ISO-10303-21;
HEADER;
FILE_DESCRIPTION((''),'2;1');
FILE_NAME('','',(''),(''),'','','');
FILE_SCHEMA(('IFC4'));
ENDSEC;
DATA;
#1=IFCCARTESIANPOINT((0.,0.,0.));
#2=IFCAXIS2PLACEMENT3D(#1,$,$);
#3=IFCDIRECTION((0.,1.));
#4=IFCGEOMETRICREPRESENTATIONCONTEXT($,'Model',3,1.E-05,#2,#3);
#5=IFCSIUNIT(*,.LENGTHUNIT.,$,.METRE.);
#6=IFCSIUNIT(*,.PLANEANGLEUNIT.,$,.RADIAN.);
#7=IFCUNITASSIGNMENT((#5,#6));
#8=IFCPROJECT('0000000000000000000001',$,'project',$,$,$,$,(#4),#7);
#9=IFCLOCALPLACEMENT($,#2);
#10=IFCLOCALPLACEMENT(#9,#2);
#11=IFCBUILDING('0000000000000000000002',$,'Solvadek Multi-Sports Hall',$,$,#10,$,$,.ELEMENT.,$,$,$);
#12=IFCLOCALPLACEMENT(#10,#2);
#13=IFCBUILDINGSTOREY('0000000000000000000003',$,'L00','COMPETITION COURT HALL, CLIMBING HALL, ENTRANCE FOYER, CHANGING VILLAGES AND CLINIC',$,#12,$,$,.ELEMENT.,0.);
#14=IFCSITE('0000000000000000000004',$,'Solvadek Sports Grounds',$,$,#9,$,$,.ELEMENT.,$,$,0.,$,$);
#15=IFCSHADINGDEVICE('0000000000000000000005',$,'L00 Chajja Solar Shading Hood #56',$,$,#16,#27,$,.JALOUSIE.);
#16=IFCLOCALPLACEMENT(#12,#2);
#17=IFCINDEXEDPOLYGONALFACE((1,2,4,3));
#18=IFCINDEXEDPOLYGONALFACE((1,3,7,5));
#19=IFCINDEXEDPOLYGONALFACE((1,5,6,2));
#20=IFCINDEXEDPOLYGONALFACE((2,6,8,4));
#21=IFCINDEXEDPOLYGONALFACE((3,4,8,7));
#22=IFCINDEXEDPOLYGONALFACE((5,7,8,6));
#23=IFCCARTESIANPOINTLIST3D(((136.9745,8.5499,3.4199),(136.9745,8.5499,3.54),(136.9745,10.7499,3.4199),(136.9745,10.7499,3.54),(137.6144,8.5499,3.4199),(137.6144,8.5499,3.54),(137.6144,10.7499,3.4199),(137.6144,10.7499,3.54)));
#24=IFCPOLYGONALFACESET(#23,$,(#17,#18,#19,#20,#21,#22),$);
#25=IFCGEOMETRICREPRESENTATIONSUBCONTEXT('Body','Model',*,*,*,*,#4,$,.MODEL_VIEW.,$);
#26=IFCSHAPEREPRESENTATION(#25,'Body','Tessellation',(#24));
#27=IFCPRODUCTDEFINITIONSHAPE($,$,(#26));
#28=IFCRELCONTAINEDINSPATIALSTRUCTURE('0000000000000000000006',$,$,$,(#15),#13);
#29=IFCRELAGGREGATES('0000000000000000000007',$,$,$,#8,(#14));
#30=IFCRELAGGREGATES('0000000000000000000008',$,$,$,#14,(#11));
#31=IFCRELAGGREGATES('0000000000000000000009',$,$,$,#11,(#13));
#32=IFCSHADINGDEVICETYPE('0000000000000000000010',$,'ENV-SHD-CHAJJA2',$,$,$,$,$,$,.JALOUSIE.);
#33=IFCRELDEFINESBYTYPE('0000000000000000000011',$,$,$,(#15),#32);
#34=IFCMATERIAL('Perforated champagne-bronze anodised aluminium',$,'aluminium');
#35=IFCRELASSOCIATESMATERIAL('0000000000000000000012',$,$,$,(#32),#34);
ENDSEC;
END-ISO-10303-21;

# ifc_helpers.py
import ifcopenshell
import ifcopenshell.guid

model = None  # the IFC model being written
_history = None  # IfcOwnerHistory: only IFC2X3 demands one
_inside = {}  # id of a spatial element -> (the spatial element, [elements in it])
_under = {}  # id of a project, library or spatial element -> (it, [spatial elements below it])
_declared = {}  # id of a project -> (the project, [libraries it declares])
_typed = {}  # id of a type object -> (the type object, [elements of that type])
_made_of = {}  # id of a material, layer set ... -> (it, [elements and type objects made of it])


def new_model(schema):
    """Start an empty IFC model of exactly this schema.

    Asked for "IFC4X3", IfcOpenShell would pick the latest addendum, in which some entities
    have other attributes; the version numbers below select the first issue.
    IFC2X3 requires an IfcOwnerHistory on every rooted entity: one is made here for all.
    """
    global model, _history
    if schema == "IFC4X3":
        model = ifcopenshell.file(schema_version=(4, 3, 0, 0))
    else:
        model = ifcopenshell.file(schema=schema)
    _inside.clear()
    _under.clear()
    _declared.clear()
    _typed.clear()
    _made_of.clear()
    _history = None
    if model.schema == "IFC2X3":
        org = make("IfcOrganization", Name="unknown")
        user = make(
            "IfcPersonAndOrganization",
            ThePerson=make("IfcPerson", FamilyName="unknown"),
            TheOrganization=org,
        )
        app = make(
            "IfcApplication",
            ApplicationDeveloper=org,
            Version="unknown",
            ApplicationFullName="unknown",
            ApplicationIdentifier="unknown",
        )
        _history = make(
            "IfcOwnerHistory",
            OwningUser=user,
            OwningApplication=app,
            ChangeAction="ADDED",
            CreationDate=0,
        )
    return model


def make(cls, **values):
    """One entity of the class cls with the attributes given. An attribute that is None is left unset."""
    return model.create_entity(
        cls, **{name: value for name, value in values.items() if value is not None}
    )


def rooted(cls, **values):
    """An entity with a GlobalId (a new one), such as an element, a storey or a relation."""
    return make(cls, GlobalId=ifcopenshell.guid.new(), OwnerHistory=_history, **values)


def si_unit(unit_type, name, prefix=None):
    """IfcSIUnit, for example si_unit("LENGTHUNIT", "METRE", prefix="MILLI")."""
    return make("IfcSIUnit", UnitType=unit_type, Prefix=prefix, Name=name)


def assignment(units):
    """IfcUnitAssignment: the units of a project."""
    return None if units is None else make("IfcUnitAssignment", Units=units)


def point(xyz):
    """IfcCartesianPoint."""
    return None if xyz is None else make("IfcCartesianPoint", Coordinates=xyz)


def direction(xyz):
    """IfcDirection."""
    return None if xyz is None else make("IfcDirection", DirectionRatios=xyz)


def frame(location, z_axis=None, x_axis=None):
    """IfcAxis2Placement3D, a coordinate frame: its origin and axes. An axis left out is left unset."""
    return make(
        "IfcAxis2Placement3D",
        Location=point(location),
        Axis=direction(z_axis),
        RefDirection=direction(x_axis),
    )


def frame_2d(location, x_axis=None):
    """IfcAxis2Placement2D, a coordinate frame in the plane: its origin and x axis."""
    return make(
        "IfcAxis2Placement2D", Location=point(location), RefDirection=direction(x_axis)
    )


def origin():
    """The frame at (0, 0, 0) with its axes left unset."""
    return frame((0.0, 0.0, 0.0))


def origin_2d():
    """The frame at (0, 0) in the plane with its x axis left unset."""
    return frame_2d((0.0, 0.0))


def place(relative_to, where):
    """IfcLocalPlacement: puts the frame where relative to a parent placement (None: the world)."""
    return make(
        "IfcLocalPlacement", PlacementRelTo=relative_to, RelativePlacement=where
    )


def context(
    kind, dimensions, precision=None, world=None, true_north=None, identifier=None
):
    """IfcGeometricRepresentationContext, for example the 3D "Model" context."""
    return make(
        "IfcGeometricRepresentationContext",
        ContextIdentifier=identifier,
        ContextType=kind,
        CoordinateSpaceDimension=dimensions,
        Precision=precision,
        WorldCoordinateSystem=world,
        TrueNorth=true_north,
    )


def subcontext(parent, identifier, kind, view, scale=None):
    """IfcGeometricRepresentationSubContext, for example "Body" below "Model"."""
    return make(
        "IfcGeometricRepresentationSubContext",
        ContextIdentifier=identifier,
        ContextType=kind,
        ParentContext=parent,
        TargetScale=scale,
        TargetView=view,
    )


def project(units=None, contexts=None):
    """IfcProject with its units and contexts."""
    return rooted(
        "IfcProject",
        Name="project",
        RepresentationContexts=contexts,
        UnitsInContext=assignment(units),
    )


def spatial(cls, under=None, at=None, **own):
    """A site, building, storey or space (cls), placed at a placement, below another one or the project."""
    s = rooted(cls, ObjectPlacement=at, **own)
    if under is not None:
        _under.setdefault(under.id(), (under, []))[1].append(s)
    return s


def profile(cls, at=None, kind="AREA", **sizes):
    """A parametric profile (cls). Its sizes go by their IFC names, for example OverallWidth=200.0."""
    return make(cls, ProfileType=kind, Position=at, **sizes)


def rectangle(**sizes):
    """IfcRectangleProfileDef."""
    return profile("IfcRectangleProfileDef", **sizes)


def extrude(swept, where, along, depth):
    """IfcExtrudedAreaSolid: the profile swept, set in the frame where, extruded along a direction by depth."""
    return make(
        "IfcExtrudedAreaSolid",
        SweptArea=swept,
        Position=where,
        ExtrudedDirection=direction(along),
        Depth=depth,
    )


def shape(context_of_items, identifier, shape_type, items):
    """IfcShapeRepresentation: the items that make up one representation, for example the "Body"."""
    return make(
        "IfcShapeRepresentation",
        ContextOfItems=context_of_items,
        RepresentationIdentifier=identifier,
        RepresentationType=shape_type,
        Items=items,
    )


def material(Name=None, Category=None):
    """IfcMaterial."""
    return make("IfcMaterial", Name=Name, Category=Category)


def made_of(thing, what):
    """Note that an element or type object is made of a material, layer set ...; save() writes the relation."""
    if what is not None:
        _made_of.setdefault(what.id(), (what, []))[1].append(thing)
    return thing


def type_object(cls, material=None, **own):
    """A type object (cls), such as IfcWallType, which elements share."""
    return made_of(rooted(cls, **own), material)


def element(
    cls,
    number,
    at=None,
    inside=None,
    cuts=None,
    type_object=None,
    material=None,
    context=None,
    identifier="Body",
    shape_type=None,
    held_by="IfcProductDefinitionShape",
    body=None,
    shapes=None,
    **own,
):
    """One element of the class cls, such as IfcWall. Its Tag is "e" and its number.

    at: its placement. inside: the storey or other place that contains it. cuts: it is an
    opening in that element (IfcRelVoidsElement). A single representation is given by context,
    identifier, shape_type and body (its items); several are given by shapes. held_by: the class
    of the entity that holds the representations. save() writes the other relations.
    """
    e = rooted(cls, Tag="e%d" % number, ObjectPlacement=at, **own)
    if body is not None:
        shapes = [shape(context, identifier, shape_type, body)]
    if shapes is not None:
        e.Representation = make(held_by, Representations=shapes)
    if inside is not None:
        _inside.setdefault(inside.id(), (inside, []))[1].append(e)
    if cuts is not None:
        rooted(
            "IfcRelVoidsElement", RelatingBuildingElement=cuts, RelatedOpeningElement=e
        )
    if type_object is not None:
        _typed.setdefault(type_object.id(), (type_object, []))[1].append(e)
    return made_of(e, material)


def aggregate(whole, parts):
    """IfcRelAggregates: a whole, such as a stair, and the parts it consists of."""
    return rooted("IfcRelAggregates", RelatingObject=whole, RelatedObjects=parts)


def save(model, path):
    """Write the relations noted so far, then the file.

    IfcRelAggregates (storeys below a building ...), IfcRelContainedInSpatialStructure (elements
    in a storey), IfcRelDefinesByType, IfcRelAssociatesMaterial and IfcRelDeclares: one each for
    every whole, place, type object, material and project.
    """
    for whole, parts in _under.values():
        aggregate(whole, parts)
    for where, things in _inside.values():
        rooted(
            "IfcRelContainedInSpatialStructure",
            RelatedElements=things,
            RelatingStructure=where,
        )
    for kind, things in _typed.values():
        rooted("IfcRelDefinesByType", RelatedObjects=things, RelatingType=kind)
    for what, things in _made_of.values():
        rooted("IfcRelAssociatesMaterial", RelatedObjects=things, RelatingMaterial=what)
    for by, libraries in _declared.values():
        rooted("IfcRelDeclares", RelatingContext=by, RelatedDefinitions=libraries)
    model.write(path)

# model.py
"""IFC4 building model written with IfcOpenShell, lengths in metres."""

from ifc_helpers import new_model, si_unit, direction, frame, origin, origin_2d, place, context, subcontext, project, spatial, rectangle, extrude, material, type_object, element, save


model = new_model("IFC4")

# Units and contexts
model_context = context("Model", 3, precision=1e-05, world=origin(), true_north=direction((0.0, 1.0)))
body_context = subcontext(model_context, "Body", "Model", "MODEL_VIEW")
ifc_project = project(units=[si_unit("LENGTHUNIT", "METRE"), si_unit("PLANEANGLEUNIT", "RADIAN")], contexts=[model_context])

# Site, building, storey
site_placement = place(None, origin())
site = spatial("IfcSite", under=ifc_project, at=site_placement, Name="Solvadek Sports Grounds", CompositionType="ELEMENT", RefElevation=0.0)
building_placement = place(site_placement, origin())
building = spatial("IfcBuilding", under=site, at=building_placement, Name="Solvadek Multi-Sports Hall", CompositionType="ELEMENT")
storey_placement = place(building_placement, origin())
storey = spatial("IfcBuildingStorey", under=building, at=storey_placement, Name="L00", Description="COMPETITION COURT HALL, CLIMBING HALL, ENTRANCE FOYER, CHANGING VILLAGES AND CLINIC", CompositionType="ELEMENT", Elevation=0.0)

# Shading device
ifc_material_1 = material(Name="Perforated champagne-bronze anodised aluminium", Category="aluminium")
shading_device_type_1 = type_object("IfcShadingDeviceType", Name="ENV-SHD-CHAJJA2", PredefinedType="JALOUSIE", material=ifc_material_1)
shading_device_1_placement = place(storey_placement, frame((137.2944, 9.6499, 3.4199), z_axis=(0.0, 0.0, 1.0), x_axis=(0.0, 1.0, 0.0)))
element("IfcShadingDevice", 1, at=shading_device_1_placement, inside=storey, type_object=shading_device_type_1, Name="L00 Chajja Solar Shading Hood #56", PredefinedType="JALOUSIE", context=body_context, shape_type="SweptSolid", body=[
    extrude(rectangle(XDim=2.2, YDim=0.6399, at=origin_2d()), origin(), (0.0, 0.0, 1.0), 0.1201),
])

save(model, "model.ifc")
